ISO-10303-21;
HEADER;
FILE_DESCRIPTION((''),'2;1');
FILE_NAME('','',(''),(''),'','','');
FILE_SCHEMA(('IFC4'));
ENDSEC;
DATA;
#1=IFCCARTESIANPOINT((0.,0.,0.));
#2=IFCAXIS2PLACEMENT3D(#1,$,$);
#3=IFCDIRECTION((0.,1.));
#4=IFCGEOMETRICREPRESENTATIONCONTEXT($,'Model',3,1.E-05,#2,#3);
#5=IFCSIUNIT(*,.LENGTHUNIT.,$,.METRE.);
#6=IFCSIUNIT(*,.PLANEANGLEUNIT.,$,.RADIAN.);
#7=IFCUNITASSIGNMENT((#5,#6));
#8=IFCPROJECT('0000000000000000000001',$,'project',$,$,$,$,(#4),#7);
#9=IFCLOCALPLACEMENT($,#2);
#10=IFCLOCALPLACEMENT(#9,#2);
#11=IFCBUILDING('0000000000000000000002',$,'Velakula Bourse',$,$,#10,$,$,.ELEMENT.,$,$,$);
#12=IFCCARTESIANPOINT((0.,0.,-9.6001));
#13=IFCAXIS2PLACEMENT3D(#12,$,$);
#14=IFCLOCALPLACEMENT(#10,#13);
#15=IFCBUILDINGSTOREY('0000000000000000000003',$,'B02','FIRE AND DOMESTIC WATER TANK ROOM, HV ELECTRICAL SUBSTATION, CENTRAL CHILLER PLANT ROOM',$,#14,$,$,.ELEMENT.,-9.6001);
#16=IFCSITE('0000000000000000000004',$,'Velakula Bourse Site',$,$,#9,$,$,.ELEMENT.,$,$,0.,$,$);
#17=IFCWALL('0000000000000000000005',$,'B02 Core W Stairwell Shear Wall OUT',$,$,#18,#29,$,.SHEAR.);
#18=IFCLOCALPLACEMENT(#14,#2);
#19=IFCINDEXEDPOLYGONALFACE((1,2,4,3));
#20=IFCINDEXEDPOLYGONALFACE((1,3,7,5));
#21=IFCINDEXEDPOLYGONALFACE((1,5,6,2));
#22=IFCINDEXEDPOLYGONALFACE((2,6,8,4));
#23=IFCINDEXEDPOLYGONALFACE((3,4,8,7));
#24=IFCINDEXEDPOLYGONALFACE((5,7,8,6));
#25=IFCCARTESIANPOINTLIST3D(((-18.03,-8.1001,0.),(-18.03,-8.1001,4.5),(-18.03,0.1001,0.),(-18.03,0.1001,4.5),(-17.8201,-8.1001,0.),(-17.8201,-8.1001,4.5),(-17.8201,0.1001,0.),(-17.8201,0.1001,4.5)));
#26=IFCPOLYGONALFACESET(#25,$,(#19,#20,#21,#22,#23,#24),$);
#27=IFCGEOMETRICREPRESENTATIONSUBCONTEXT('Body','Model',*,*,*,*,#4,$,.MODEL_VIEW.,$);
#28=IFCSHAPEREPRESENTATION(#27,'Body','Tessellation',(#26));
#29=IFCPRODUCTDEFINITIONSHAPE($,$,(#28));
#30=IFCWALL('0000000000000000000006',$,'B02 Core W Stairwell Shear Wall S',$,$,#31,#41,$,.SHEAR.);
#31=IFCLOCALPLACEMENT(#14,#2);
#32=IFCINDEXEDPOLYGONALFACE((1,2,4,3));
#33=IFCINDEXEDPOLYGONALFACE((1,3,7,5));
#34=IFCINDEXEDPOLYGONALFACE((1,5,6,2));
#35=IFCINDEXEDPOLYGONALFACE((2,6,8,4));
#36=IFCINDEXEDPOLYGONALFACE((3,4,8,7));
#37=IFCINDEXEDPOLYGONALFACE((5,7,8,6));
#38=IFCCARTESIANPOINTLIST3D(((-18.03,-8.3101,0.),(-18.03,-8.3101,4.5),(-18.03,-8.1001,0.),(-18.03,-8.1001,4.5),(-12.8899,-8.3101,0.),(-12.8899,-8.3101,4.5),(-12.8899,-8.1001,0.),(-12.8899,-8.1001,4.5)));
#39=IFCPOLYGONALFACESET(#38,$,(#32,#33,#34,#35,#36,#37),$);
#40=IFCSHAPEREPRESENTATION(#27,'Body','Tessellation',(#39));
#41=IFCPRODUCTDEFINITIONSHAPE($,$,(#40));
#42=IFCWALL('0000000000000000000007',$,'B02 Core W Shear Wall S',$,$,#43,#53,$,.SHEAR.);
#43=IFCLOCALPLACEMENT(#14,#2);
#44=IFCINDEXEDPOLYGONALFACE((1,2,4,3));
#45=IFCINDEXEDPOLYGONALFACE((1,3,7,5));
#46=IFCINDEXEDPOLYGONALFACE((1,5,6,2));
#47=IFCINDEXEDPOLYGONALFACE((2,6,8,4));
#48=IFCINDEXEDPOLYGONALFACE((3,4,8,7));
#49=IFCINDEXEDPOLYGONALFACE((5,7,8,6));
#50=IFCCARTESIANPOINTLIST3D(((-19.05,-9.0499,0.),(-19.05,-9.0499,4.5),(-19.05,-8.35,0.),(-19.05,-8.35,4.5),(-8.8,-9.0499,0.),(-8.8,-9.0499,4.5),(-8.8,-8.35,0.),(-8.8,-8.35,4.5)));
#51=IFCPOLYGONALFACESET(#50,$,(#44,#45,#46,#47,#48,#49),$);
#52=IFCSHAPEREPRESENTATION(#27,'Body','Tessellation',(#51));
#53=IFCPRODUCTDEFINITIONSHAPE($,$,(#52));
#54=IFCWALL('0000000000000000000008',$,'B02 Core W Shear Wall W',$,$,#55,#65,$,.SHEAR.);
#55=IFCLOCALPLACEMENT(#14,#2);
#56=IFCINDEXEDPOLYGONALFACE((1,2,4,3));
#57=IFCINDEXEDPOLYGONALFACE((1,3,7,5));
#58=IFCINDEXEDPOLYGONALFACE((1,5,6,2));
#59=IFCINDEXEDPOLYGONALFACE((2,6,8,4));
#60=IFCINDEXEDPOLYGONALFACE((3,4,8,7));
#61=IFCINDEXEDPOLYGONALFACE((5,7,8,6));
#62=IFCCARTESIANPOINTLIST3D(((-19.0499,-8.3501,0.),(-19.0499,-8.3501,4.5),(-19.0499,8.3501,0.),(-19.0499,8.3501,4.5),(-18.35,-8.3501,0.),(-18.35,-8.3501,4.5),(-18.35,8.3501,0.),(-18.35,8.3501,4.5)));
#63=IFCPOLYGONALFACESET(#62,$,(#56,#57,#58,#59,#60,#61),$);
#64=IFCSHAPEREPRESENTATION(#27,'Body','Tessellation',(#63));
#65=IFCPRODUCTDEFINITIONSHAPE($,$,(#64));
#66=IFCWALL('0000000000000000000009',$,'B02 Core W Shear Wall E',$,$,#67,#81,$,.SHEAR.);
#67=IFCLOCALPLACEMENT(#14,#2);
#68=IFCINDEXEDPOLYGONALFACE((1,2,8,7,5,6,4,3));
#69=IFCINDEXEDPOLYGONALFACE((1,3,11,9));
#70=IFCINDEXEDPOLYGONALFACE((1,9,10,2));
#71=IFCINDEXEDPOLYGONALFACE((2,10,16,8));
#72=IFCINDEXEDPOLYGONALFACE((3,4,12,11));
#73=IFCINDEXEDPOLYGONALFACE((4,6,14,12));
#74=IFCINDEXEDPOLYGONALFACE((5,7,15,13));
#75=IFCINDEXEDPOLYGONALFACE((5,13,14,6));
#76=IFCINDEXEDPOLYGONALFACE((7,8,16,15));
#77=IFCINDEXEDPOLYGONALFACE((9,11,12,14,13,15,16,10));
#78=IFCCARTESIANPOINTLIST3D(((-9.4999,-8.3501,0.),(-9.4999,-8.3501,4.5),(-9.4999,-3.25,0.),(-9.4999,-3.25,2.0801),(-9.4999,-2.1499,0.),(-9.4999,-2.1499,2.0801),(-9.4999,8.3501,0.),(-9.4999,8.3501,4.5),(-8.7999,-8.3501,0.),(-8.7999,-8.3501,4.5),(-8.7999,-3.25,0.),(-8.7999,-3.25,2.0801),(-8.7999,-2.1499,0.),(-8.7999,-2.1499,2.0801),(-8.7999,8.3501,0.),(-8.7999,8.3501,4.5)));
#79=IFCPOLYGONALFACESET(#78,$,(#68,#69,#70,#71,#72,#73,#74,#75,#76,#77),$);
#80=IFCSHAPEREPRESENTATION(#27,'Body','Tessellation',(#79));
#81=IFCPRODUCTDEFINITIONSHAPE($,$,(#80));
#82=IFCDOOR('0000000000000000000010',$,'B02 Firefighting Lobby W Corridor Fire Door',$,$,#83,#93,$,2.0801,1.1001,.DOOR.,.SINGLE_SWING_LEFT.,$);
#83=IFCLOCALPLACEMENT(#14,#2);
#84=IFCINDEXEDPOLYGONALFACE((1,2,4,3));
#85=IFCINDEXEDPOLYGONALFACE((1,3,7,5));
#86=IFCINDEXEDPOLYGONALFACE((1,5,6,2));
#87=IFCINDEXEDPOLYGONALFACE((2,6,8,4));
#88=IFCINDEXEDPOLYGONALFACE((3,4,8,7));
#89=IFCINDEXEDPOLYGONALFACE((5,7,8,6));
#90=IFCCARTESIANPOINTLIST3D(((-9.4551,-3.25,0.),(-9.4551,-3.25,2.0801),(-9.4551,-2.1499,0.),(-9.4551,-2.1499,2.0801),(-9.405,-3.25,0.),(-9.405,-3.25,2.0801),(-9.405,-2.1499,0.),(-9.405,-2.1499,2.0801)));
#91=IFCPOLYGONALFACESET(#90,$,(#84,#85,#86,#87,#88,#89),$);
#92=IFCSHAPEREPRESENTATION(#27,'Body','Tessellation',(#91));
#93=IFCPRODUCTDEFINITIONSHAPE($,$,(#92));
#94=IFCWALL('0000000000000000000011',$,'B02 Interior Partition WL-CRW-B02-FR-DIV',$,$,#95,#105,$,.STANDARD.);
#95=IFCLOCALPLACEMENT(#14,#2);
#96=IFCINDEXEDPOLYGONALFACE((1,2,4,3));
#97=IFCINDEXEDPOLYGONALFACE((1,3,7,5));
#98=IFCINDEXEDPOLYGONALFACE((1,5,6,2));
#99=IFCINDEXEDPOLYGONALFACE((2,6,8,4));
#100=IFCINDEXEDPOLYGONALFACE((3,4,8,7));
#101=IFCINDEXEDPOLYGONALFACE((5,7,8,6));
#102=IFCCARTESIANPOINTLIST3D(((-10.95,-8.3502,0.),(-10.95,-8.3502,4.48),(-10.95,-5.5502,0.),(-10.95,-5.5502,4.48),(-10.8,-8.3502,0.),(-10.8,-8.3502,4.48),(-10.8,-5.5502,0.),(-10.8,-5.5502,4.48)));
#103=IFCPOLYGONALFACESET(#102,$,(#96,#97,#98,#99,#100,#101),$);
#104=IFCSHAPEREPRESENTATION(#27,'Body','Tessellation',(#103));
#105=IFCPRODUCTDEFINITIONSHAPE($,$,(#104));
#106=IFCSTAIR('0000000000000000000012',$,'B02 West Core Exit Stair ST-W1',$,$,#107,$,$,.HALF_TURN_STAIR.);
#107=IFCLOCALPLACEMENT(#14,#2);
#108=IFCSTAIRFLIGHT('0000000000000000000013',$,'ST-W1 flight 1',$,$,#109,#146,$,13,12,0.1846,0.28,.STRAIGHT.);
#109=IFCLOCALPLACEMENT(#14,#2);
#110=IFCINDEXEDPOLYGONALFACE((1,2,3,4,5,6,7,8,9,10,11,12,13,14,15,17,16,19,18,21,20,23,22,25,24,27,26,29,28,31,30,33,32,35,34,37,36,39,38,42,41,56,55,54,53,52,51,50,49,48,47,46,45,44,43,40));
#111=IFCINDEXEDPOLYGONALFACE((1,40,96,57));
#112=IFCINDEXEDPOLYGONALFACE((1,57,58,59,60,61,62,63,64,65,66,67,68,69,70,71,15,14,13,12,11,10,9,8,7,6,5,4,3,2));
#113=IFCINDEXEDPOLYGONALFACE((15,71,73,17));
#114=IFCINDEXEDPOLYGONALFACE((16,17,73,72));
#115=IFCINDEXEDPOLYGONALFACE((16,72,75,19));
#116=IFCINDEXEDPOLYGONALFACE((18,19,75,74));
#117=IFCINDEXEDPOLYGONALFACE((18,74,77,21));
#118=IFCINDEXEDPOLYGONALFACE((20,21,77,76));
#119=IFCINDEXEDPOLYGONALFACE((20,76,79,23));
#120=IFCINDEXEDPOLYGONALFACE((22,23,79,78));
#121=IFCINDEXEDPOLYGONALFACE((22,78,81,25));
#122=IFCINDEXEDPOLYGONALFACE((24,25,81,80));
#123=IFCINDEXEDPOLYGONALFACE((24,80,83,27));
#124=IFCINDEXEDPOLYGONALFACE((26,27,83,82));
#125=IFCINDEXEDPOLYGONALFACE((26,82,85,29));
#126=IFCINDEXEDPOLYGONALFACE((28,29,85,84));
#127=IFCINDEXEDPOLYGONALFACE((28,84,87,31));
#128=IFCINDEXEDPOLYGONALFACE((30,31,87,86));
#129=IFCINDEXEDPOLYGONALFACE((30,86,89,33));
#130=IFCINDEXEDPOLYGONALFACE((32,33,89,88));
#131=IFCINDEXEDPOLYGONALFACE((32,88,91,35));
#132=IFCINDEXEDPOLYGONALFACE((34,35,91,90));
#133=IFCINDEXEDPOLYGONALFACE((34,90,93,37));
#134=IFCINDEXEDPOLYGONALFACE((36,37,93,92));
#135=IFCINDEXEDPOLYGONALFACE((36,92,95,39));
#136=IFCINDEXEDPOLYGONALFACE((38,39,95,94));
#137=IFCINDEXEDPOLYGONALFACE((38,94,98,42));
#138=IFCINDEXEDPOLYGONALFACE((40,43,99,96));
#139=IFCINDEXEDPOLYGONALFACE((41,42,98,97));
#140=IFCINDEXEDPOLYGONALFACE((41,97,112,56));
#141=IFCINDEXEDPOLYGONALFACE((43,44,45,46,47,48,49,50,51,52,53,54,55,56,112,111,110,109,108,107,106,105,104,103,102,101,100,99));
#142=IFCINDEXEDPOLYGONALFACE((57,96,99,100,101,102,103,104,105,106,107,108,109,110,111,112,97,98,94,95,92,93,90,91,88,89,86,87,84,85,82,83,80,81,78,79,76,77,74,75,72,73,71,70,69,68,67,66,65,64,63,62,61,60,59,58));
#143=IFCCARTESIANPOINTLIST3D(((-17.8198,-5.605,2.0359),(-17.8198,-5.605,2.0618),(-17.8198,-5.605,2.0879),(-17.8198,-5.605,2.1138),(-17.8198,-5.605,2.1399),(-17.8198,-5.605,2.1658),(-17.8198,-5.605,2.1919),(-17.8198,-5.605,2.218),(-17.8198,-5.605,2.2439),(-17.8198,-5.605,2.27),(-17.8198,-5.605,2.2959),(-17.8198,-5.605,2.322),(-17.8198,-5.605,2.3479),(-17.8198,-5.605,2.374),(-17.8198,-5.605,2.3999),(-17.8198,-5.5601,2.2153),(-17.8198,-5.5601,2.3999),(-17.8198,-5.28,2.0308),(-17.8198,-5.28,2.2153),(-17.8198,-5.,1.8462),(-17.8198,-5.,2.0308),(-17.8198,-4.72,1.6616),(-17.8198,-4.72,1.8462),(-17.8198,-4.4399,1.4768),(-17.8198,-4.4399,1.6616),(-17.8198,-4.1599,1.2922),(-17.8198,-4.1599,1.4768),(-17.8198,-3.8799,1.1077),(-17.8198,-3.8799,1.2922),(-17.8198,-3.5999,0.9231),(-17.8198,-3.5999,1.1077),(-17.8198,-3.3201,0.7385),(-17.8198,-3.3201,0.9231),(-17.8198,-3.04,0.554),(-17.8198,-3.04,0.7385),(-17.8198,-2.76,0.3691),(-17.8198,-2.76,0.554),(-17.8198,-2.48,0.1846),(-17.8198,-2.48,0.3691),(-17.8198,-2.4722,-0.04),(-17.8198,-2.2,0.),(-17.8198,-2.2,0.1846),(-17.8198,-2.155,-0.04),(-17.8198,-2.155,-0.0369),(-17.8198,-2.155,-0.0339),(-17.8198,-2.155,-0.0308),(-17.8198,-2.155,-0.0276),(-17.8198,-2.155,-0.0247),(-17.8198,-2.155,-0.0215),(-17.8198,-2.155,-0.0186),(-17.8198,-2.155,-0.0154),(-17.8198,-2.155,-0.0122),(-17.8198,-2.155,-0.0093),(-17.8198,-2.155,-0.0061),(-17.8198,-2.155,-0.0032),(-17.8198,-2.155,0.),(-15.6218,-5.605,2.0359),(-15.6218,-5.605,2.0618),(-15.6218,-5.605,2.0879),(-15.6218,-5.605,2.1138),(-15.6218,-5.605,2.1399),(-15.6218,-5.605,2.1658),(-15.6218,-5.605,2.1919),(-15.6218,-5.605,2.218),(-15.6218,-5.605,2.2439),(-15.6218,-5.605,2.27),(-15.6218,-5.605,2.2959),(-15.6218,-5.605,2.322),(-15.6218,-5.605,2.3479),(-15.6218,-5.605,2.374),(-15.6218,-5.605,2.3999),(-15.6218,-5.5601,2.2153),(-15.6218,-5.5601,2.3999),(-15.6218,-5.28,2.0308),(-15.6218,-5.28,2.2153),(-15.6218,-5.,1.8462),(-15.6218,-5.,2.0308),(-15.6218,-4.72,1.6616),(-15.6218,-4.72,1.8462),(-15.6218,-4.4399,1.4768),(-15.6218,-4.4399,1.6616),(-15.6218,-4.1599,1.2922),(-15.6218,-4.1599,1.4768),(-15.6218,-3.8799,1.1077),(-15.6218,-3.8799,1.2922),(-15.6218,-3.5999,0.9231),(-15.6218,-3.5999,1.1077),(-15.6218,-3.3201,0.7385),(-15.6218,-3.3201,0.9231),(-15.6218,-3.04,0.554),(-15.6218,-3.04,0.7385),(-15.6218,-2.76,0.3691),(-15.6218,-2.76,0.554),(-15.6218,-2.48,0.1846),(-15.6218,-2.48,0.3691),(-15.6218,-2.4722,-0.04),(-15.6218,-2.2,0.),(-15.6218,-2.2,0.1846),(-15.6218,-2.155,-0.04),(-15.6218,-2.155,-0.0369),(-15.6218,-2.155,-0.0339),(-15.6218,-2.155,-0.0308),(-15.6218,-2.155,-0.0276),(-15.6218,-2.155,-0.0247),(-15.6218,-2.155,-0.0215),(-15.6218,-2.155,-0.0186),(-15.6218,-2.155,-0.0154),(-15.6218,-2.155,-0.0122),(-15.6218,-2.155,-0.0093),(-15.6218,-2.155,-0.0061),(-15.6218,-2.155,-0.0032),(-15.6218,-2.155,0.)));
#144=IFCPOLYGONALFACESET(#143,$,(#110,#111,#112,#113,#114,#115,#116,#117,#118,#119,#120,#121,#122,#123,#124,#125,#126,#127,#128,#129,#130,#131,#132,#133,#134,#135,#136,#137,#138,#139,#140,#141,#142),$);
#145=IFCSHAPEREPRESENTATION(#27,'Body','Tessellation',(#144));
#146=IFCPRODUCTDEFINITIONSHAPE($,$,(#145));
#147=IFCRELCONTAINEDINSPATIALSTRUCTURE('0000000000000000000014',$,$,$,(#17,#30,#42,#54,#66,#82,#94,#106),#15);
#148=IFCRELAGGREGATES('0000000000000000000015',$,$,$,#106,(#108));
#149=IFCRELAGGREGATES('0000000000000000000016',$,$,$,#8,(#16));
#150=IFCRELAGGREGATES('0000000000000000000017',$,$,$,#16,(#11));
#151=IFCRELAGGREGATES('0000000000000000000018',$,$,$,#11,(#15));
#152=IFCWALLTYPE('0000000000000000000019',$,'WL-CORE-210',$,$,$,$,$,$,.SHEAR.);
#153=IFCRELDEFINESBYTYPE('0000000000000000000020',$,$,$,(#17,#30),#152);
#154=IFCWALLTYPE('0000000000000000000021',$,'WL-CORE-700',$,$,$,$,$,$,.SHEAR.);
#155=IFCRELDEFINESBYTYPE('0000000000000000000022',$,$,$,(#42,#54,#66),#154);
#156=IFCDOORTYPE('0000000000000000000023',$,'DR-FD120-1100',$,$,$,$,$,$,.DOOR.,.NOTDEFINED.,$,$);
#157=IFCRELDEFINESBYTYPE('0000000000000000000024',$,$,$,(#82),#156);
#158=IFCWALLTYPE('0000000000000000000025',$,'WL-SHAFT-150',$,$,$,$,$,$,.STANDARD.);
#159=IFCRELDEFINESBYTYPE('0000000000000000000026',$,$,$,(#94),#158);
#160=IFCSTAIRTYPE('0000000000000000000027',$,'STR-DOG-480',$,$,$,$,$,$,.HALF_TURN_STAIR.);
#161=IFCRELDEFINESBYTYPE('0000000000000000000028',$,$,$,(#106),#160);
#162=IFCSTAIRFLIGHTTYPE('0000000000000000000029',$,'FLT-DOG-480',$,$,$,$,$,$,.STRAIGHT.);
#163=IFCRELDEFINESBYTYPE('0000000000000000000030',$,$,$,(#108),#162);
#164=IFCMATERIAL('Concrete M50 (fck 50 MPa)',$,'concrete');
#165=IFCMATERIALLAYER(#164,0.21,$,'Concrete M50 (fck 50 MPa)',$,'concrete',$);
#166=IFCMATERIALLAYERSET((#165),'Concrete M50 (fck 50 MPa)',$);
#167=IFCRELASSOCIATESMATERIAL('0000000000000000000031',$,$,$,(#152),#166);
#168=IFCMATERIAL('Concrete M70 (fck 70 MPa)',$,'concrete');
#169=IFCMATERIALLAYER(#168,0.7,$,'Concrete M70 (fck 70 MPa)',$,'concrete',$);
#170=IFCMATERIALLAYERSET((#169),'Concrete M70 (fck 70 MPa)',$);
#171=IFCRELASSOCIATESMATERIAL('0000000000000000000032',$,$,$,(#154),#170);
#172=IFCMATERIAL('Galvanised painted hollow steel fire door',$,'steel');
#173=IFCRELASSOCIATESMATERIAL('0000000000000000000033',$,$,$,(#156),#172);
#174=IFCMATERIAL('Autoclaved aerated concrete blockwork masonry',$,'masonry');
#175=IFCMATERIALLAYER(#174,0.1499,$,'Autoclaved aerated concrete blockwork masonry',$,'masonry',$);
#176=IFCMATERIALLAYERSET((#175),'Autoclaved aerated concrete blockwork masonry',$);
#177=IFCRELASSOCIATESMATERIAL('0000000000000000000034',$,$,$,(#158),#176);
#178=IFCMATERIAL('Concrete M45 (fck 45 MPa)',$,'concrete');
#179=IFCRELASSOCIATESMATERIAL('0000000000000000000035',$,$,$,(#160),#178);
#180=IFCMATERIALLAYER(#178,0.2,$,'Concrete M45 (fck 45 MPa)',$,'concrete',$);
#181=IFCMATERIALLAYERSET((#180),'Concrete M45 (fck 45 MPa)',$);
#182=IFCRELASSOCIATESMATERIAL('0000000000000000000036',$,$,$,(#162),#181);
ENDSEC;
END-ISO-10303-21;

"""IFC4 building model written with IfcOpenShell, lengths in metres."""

from ifc_helpers import new_model, si_unit, direction, frame, frame_2d, origin, place, context, subcontext, project, spatial, polyline, rectangle, outline, extrude, material, layer, layer_set, type_object, element, fill, aggregate, save


model = new_model("IFC4")

# Units and contexts
model_context = context("Model", 3, precision=1e-05, world=origin(), true_north=direction((0.0, 1.0)))
body_context = subcontext(model_context, "Body", "Model", "MODEL_VIEW")
ifc_project = project(units=[si_unit("LENGTHUNIT", "METRE"), si_unit("PLANEANGLEUNIT", "RADIAN")], contexts=[model_context])

# Site, building, storey
site_placement = place(None, origin())
site = spatial("IfcSite", under=ifc_project, at=site_placement, Name="Velakula Bourse Site", CompositionType="ELEMENT", RefElevation=0.0)
building_placement = place(site_placement, origin())
building = spatial("IfcBuilding", under=site, at=building_placement, Name="Velakula Bourse", CompositionType="ELEMENT")
storey_placement = place(building_placement, frame((0.0, 0.0, -9.6001)))
storey = spatial("IfcBuildingStorey", under=building, at=storey_placement, Name="B02", Description="FIRE AND DOMESTIC WATER TANK ROOM, HV ELECTRICAL SUBSTATION, CENTRAL CHILLER PLANT ROOM", CompositionType="ELEMENT", Elevation=-9.6001)

# Shared definitions
ifc_material_1 = material(Name="Concrete M70 (fck 70 MPa)", Category="concrete")

# Shared definitions
ifc_material_2 = material(Name="Concrete M50 (fck 50 MPa)", Category="concrete")

# Shared definitions
ifc_layer_1 = layer(ifc_material_2, 0.21, Name="Concrete M50 (fck 50 MPa)", Category="concrete")
ifc_layer_set_1 = layer_set([ifc_layer_1], Name="Concrete M50 (fck 50 MPa)")
wall_type_1 = type_object("IfcWallType", Name="WL-CORE-210", PredefinedType="SHEAR", material=ifc_layer_set_1)
ifc_material_3 = material(Name="Galvanised painted hollow steel fire door", Category="steel")

# Walls
wall_1_placement = place(storey_placement, frame((-17.925, -8.1001, 0.0), z_axis=(0.0, 0.0, 1.0), x_axis=(0.0, 1.0, 0.0)))
element("IfcWall", 1, at=wall_1_placement, inside=storey, type_object=wall_type_1, Name="B02 Core W Stairwell Shear Wall OUT", PredefinedType="SHEAR", context=body_context, shape_type="SweptSolid", body=[
    extrude(rectangle(XDim=8.2002, YDim=0.21, at=frame_2d((4.1001, 0.0))), origin(), (0.0, 0.0, 1.0), 4.5),
])
wall_2_placement = place(storey_placement, frame((-18.03, -8.2051, 0.0), z_axis=(0.0, 0.0, 1.0), x_axis=(1.0, 0.0, 0.0)))
element("IfcWall", 2, at=wall_2_placement, inside=storey, type_object=wall_type_1, Name="B02 Core W Stairwell Shear Wall S", PredefinedType="SHEAR", context=body_context, shape_type="SweptSolid", body=[
    extrude(rectangle(XDim=5.1401, YDim=0.21, at=frame_2d((2.5701, 0.0))), origin(), (0.0, 0.0, 1.0), 4.5),
])
ifc_layer_2 = layer(ifc_material_1, 0.7, Name="Concrete M70 (fck 70 MPa)", Category="concrete")
ifc_layer_set_2 = layer_set([ifc_layer_2], Name="Concrete M70 (fck 70 MPa)")
wall_type_2 = type_object("IfcWallType", Name="WL-CORE-700", PredefinedType="SHEAR", material=ifc_layer_set_2)
wall_3_placement = place(storey_placement, frame((-19.05, -8.7, 0.0), z_axis=(0.0, 0.0, 1.0), x_axis=(1.0, 0.0, 0.0)))
element("IfcWall", 3, at=wall_3_placement, inside=storey, type_object=wall_type_2, Name="B02 Core W Shear Wall S", PredefinedType="SHEAR", context=body_context, shape_type="SweptSolid", body=[
    extrude(rectangle(XDim=10.25, YDim=0.7, at=frame_2d((5.125, 0.0))), origin(), (0.0, 0.0, 1.0), 4.5),
])
wall_4_placement = place(storey_placement, frame((-18.7, -8.3501, 0.0), z_axis=(0.0, 0.0, 1.0), x_axis=(0.0, 1.0, 0.0)))
element("IfcWall", 4, at=wall_4_placement, inside=storey, type_object=wall_type_2, Name="B02 Core W Shear Wall W", PredefinedType="SHEAR", context=body_context, shape_type="SweptSolid", body=[
    extrude(rectangle(XDim=16.7002, YDim=0.7, at=frame_2d((8.3501, 0.0))), origin(), (0.0, 0.0, 1.0), 4.5),
])

# Wall, opening, door
wall_5_placement = place(storey_placement, frame((-9.1499, -8.3501, 0.0), z_axis=(0.0, 0.0, 1.0), x_axis=(0.0, 1.0, 0.0)))
wall_5 = element("IfcWall", 5, at=wall_5_placement, inside=storey, type_object=wall_type_2, Name="B02 Core W Shear Wall E", PredefinedType="SHEAR", context=body_context, shape_type="SweptSolid", body=[
    extrude(rectangle(XDim=16.7002, YDim=0.7, at=frame_2d((8.3501, 0.0))), origin(), (0.0, 0.0, 1.0), 4.5),
])
opening_1_placement = place(wall_5_placement, frame((5.1001, 0.0, 0.0)))
opening_1 = element("IfcOpeningElement", 6, at=opening_1_placement, cuts=wall_5, PredefinedType="OPENING", context=body_context, shape_type="SweptSolid", body=[
    extrude(rectangle(XDim=1.1001, YDim=2.0801, at=frame_2d((0.55, 1.04))), frame((0.0, 0.3599, 0.0), z_axis=(0.0, -1.0, 0.0), x_axis=(1.0, 0.0, 0.0)), (0.0, 0.0, 1.0), 0.72),
])
door_type_1 = type_object("IfcDoorType", Name="DR-FD120-1100", OperationType="NOTDEFINED", PredefinedType="DOOR", material=ifc_material_3)
door_1_placement = place(opening_1_placement, origin())
door_1 = element("IfcDoor", 7, at=door_1_placement, inside=storey, type_object=door_type_1, Name="B02 Firefighting Lobby W Corridor Fire Door", OperationType="SINGLE_SWING_LEFT", OverallHeight=2.0801, OverallWidth=1.1001, PredefinedType="DOOR", context=body_context, shape_type="SweptSolid", body=[
    extrude(rectangle(XDim=1.1001, YDim=2.0801, at=frame_2d((0.55, 1.04))), frame((0.0, 0.3052, 0.0), z_axis=(0.0, -1.0, 0.0), x_axis=(1.0, 0.0, 0.0)), (0.0, 0.0, 1.0), 0.05),
])
fill(opening_1, door_1)

# Shared definitions
ifc_material_4 = material(Name="Autoclaved aerated concrete blockwork masonry", Category="masonry")
ifc_layer_3 = layer(ifc_material_4, 0.1499, Name="Autoclaved aerated concrete blockwork masonry", Category="masonry")
ifc_layer_set_3 = layer_set([ifc_layer_3], Name="Autoclaved aerated concrete blockwork masonry")
wall_type_3 = type_object("IfcWallType", Name="WL-SHAFT-150", PredefinedType="STANDARD", material=ifc_layer_set_3)

# Wall
wall_6_placement = place(storey_placement, frame((-10.875, -8.3501, 0.0), z_axis=(0.0, 0.0, 1.0), x_axis=(0.0, 1.0, 0.0)))
element("IfcWall", 8, at=wall_6_placement, inside=storey, type_object=wall_type_3, Name="B02 Interior Partition WL-CRW-B02-FR-DIV", PredefinedType="STANDARD", context=body_context, shape_type="SweptSolid", body=[
    extrude(rectangle(XDim=2.8, YDim=0.1499, at=frame_2d((1.3999, 0.0))), origin(), (0.0, 0.0, 1.0), 4.48),
])

# Stair, stair flight
ifc_material_5 = material(Name="Concrete M45 (fck 45 MPa)", Category="concrete")
stair_type = type_object("IfcStairType", Name="STR-DOG-480", PredefinedType="HALF_TURN_STAIR", material=ifc_material_5)
stair_placement = place(storey_placement, origin())
stair = element("IfcStair", 9, at=stair_placement, inside=storey, type_object=stair_type, Name="B02 West Core Exit Stair ST-W1", PredefinedType="HALF_TURN_STAIR")
ifc_layer_4 = layer(ifc_material_5, 0.2, Name="Concrete M45 (fck 45 MPa)", Category="concrete")
ifc_layer_set_4 = layer_set([ifc_layer_4], Name="Concrete M45 (fck 45 MPa)")
stair_flight_type = type_object("IfcStairFlightType", Name="FLT-DOG-480", PredefinedType="STRAIGHT", material=ifc_layer_set_4)
stair_flight_1_placement = place(storey_placement, frame((-16.7209, -2.2, 0.0), z_axis=(0.0, 0.0, 1.0), x_axis=(0.0, -1.0, 0.0)))
stair_flight_1 = element("IfcStairFlight", 10, at=stair_flight_1_placement, type_object=stair_flight_type, Name="ST-W1 flight 1", NumberOfRisers=13, NumberOfTreads=12, PredefinedType="STRAIGHT", RiserHeight=0.1846, TreadLength=0.28, context=body_context, shape_type="SweptSolid", body=[
    extrude(outline(polyline([(-0.0449, -0.04), (-0.0449, -0.0369), (-0.0449, -0.0339), (-0.0449, -0.0308), (-0.0449, -0.0276), (-0.0449, -0.0247), (-0.0449, -0.0215), (-0.0449, -0.0186), (-0.0449, -0.0154), (-0.0449, -0.0122), (-0.0449, -0.0093), (-0.0449, -0.0061), (-0.0449, -0.0032), (-0.0449, 0.0), (0.0, 0.0), (0.0, 0.1846), (0.28, 0.1846), (0.28, 0.3691), (0.5601, 0.3691), (0.5601, 0.554), (0.8401, 0.554), (0.8401, 0.7385), (1.1201, 0.7385), (1.1201, 0.9231), (1.3999, 0.9231), (1.3999, 1.1077), (1.6799, 1.1077), (1.6799, 1.2922), (1.96, 1.2922), (1.96, 1.4768), (2.24, 1.4768), (2.24, 1.6616), (2.52, 1.6616), (2.52, 1.8462), (2.8, 1.8462), (2.8, 2.0308), (3.0801, 2.0308), (3.0801, 2.2153), (3.3601, 2.2153), (3.3601, 2.3999), (3.405, 2.3999), (3.405, 2.374), (3.405, 2.3479), (3.405, 2.322), (3.405, 2.2959), (3.405, 2.27), (3.405, 2.2439), (3.405, 2.218), (3.405, 2.1919), (3.405, 2.1658), (3.405, 2.1399), (3.405, 2.1138), (3.405, 2.0879), (3.405, 2.0618), (3.405, 2.0359), (0.2722, -0.04), (-0.0449, -0.04)])), frame((0.0, 1.0991, 0.0), z_axis=(0.0, -1.0, 0.0), x_axis=(1.0, 0.0, 0.0)), (0.0, 0.0, 1.0), 2.198),
])
aggregate(stair, [stair_flight_1])

save(model, "model.ifc")
